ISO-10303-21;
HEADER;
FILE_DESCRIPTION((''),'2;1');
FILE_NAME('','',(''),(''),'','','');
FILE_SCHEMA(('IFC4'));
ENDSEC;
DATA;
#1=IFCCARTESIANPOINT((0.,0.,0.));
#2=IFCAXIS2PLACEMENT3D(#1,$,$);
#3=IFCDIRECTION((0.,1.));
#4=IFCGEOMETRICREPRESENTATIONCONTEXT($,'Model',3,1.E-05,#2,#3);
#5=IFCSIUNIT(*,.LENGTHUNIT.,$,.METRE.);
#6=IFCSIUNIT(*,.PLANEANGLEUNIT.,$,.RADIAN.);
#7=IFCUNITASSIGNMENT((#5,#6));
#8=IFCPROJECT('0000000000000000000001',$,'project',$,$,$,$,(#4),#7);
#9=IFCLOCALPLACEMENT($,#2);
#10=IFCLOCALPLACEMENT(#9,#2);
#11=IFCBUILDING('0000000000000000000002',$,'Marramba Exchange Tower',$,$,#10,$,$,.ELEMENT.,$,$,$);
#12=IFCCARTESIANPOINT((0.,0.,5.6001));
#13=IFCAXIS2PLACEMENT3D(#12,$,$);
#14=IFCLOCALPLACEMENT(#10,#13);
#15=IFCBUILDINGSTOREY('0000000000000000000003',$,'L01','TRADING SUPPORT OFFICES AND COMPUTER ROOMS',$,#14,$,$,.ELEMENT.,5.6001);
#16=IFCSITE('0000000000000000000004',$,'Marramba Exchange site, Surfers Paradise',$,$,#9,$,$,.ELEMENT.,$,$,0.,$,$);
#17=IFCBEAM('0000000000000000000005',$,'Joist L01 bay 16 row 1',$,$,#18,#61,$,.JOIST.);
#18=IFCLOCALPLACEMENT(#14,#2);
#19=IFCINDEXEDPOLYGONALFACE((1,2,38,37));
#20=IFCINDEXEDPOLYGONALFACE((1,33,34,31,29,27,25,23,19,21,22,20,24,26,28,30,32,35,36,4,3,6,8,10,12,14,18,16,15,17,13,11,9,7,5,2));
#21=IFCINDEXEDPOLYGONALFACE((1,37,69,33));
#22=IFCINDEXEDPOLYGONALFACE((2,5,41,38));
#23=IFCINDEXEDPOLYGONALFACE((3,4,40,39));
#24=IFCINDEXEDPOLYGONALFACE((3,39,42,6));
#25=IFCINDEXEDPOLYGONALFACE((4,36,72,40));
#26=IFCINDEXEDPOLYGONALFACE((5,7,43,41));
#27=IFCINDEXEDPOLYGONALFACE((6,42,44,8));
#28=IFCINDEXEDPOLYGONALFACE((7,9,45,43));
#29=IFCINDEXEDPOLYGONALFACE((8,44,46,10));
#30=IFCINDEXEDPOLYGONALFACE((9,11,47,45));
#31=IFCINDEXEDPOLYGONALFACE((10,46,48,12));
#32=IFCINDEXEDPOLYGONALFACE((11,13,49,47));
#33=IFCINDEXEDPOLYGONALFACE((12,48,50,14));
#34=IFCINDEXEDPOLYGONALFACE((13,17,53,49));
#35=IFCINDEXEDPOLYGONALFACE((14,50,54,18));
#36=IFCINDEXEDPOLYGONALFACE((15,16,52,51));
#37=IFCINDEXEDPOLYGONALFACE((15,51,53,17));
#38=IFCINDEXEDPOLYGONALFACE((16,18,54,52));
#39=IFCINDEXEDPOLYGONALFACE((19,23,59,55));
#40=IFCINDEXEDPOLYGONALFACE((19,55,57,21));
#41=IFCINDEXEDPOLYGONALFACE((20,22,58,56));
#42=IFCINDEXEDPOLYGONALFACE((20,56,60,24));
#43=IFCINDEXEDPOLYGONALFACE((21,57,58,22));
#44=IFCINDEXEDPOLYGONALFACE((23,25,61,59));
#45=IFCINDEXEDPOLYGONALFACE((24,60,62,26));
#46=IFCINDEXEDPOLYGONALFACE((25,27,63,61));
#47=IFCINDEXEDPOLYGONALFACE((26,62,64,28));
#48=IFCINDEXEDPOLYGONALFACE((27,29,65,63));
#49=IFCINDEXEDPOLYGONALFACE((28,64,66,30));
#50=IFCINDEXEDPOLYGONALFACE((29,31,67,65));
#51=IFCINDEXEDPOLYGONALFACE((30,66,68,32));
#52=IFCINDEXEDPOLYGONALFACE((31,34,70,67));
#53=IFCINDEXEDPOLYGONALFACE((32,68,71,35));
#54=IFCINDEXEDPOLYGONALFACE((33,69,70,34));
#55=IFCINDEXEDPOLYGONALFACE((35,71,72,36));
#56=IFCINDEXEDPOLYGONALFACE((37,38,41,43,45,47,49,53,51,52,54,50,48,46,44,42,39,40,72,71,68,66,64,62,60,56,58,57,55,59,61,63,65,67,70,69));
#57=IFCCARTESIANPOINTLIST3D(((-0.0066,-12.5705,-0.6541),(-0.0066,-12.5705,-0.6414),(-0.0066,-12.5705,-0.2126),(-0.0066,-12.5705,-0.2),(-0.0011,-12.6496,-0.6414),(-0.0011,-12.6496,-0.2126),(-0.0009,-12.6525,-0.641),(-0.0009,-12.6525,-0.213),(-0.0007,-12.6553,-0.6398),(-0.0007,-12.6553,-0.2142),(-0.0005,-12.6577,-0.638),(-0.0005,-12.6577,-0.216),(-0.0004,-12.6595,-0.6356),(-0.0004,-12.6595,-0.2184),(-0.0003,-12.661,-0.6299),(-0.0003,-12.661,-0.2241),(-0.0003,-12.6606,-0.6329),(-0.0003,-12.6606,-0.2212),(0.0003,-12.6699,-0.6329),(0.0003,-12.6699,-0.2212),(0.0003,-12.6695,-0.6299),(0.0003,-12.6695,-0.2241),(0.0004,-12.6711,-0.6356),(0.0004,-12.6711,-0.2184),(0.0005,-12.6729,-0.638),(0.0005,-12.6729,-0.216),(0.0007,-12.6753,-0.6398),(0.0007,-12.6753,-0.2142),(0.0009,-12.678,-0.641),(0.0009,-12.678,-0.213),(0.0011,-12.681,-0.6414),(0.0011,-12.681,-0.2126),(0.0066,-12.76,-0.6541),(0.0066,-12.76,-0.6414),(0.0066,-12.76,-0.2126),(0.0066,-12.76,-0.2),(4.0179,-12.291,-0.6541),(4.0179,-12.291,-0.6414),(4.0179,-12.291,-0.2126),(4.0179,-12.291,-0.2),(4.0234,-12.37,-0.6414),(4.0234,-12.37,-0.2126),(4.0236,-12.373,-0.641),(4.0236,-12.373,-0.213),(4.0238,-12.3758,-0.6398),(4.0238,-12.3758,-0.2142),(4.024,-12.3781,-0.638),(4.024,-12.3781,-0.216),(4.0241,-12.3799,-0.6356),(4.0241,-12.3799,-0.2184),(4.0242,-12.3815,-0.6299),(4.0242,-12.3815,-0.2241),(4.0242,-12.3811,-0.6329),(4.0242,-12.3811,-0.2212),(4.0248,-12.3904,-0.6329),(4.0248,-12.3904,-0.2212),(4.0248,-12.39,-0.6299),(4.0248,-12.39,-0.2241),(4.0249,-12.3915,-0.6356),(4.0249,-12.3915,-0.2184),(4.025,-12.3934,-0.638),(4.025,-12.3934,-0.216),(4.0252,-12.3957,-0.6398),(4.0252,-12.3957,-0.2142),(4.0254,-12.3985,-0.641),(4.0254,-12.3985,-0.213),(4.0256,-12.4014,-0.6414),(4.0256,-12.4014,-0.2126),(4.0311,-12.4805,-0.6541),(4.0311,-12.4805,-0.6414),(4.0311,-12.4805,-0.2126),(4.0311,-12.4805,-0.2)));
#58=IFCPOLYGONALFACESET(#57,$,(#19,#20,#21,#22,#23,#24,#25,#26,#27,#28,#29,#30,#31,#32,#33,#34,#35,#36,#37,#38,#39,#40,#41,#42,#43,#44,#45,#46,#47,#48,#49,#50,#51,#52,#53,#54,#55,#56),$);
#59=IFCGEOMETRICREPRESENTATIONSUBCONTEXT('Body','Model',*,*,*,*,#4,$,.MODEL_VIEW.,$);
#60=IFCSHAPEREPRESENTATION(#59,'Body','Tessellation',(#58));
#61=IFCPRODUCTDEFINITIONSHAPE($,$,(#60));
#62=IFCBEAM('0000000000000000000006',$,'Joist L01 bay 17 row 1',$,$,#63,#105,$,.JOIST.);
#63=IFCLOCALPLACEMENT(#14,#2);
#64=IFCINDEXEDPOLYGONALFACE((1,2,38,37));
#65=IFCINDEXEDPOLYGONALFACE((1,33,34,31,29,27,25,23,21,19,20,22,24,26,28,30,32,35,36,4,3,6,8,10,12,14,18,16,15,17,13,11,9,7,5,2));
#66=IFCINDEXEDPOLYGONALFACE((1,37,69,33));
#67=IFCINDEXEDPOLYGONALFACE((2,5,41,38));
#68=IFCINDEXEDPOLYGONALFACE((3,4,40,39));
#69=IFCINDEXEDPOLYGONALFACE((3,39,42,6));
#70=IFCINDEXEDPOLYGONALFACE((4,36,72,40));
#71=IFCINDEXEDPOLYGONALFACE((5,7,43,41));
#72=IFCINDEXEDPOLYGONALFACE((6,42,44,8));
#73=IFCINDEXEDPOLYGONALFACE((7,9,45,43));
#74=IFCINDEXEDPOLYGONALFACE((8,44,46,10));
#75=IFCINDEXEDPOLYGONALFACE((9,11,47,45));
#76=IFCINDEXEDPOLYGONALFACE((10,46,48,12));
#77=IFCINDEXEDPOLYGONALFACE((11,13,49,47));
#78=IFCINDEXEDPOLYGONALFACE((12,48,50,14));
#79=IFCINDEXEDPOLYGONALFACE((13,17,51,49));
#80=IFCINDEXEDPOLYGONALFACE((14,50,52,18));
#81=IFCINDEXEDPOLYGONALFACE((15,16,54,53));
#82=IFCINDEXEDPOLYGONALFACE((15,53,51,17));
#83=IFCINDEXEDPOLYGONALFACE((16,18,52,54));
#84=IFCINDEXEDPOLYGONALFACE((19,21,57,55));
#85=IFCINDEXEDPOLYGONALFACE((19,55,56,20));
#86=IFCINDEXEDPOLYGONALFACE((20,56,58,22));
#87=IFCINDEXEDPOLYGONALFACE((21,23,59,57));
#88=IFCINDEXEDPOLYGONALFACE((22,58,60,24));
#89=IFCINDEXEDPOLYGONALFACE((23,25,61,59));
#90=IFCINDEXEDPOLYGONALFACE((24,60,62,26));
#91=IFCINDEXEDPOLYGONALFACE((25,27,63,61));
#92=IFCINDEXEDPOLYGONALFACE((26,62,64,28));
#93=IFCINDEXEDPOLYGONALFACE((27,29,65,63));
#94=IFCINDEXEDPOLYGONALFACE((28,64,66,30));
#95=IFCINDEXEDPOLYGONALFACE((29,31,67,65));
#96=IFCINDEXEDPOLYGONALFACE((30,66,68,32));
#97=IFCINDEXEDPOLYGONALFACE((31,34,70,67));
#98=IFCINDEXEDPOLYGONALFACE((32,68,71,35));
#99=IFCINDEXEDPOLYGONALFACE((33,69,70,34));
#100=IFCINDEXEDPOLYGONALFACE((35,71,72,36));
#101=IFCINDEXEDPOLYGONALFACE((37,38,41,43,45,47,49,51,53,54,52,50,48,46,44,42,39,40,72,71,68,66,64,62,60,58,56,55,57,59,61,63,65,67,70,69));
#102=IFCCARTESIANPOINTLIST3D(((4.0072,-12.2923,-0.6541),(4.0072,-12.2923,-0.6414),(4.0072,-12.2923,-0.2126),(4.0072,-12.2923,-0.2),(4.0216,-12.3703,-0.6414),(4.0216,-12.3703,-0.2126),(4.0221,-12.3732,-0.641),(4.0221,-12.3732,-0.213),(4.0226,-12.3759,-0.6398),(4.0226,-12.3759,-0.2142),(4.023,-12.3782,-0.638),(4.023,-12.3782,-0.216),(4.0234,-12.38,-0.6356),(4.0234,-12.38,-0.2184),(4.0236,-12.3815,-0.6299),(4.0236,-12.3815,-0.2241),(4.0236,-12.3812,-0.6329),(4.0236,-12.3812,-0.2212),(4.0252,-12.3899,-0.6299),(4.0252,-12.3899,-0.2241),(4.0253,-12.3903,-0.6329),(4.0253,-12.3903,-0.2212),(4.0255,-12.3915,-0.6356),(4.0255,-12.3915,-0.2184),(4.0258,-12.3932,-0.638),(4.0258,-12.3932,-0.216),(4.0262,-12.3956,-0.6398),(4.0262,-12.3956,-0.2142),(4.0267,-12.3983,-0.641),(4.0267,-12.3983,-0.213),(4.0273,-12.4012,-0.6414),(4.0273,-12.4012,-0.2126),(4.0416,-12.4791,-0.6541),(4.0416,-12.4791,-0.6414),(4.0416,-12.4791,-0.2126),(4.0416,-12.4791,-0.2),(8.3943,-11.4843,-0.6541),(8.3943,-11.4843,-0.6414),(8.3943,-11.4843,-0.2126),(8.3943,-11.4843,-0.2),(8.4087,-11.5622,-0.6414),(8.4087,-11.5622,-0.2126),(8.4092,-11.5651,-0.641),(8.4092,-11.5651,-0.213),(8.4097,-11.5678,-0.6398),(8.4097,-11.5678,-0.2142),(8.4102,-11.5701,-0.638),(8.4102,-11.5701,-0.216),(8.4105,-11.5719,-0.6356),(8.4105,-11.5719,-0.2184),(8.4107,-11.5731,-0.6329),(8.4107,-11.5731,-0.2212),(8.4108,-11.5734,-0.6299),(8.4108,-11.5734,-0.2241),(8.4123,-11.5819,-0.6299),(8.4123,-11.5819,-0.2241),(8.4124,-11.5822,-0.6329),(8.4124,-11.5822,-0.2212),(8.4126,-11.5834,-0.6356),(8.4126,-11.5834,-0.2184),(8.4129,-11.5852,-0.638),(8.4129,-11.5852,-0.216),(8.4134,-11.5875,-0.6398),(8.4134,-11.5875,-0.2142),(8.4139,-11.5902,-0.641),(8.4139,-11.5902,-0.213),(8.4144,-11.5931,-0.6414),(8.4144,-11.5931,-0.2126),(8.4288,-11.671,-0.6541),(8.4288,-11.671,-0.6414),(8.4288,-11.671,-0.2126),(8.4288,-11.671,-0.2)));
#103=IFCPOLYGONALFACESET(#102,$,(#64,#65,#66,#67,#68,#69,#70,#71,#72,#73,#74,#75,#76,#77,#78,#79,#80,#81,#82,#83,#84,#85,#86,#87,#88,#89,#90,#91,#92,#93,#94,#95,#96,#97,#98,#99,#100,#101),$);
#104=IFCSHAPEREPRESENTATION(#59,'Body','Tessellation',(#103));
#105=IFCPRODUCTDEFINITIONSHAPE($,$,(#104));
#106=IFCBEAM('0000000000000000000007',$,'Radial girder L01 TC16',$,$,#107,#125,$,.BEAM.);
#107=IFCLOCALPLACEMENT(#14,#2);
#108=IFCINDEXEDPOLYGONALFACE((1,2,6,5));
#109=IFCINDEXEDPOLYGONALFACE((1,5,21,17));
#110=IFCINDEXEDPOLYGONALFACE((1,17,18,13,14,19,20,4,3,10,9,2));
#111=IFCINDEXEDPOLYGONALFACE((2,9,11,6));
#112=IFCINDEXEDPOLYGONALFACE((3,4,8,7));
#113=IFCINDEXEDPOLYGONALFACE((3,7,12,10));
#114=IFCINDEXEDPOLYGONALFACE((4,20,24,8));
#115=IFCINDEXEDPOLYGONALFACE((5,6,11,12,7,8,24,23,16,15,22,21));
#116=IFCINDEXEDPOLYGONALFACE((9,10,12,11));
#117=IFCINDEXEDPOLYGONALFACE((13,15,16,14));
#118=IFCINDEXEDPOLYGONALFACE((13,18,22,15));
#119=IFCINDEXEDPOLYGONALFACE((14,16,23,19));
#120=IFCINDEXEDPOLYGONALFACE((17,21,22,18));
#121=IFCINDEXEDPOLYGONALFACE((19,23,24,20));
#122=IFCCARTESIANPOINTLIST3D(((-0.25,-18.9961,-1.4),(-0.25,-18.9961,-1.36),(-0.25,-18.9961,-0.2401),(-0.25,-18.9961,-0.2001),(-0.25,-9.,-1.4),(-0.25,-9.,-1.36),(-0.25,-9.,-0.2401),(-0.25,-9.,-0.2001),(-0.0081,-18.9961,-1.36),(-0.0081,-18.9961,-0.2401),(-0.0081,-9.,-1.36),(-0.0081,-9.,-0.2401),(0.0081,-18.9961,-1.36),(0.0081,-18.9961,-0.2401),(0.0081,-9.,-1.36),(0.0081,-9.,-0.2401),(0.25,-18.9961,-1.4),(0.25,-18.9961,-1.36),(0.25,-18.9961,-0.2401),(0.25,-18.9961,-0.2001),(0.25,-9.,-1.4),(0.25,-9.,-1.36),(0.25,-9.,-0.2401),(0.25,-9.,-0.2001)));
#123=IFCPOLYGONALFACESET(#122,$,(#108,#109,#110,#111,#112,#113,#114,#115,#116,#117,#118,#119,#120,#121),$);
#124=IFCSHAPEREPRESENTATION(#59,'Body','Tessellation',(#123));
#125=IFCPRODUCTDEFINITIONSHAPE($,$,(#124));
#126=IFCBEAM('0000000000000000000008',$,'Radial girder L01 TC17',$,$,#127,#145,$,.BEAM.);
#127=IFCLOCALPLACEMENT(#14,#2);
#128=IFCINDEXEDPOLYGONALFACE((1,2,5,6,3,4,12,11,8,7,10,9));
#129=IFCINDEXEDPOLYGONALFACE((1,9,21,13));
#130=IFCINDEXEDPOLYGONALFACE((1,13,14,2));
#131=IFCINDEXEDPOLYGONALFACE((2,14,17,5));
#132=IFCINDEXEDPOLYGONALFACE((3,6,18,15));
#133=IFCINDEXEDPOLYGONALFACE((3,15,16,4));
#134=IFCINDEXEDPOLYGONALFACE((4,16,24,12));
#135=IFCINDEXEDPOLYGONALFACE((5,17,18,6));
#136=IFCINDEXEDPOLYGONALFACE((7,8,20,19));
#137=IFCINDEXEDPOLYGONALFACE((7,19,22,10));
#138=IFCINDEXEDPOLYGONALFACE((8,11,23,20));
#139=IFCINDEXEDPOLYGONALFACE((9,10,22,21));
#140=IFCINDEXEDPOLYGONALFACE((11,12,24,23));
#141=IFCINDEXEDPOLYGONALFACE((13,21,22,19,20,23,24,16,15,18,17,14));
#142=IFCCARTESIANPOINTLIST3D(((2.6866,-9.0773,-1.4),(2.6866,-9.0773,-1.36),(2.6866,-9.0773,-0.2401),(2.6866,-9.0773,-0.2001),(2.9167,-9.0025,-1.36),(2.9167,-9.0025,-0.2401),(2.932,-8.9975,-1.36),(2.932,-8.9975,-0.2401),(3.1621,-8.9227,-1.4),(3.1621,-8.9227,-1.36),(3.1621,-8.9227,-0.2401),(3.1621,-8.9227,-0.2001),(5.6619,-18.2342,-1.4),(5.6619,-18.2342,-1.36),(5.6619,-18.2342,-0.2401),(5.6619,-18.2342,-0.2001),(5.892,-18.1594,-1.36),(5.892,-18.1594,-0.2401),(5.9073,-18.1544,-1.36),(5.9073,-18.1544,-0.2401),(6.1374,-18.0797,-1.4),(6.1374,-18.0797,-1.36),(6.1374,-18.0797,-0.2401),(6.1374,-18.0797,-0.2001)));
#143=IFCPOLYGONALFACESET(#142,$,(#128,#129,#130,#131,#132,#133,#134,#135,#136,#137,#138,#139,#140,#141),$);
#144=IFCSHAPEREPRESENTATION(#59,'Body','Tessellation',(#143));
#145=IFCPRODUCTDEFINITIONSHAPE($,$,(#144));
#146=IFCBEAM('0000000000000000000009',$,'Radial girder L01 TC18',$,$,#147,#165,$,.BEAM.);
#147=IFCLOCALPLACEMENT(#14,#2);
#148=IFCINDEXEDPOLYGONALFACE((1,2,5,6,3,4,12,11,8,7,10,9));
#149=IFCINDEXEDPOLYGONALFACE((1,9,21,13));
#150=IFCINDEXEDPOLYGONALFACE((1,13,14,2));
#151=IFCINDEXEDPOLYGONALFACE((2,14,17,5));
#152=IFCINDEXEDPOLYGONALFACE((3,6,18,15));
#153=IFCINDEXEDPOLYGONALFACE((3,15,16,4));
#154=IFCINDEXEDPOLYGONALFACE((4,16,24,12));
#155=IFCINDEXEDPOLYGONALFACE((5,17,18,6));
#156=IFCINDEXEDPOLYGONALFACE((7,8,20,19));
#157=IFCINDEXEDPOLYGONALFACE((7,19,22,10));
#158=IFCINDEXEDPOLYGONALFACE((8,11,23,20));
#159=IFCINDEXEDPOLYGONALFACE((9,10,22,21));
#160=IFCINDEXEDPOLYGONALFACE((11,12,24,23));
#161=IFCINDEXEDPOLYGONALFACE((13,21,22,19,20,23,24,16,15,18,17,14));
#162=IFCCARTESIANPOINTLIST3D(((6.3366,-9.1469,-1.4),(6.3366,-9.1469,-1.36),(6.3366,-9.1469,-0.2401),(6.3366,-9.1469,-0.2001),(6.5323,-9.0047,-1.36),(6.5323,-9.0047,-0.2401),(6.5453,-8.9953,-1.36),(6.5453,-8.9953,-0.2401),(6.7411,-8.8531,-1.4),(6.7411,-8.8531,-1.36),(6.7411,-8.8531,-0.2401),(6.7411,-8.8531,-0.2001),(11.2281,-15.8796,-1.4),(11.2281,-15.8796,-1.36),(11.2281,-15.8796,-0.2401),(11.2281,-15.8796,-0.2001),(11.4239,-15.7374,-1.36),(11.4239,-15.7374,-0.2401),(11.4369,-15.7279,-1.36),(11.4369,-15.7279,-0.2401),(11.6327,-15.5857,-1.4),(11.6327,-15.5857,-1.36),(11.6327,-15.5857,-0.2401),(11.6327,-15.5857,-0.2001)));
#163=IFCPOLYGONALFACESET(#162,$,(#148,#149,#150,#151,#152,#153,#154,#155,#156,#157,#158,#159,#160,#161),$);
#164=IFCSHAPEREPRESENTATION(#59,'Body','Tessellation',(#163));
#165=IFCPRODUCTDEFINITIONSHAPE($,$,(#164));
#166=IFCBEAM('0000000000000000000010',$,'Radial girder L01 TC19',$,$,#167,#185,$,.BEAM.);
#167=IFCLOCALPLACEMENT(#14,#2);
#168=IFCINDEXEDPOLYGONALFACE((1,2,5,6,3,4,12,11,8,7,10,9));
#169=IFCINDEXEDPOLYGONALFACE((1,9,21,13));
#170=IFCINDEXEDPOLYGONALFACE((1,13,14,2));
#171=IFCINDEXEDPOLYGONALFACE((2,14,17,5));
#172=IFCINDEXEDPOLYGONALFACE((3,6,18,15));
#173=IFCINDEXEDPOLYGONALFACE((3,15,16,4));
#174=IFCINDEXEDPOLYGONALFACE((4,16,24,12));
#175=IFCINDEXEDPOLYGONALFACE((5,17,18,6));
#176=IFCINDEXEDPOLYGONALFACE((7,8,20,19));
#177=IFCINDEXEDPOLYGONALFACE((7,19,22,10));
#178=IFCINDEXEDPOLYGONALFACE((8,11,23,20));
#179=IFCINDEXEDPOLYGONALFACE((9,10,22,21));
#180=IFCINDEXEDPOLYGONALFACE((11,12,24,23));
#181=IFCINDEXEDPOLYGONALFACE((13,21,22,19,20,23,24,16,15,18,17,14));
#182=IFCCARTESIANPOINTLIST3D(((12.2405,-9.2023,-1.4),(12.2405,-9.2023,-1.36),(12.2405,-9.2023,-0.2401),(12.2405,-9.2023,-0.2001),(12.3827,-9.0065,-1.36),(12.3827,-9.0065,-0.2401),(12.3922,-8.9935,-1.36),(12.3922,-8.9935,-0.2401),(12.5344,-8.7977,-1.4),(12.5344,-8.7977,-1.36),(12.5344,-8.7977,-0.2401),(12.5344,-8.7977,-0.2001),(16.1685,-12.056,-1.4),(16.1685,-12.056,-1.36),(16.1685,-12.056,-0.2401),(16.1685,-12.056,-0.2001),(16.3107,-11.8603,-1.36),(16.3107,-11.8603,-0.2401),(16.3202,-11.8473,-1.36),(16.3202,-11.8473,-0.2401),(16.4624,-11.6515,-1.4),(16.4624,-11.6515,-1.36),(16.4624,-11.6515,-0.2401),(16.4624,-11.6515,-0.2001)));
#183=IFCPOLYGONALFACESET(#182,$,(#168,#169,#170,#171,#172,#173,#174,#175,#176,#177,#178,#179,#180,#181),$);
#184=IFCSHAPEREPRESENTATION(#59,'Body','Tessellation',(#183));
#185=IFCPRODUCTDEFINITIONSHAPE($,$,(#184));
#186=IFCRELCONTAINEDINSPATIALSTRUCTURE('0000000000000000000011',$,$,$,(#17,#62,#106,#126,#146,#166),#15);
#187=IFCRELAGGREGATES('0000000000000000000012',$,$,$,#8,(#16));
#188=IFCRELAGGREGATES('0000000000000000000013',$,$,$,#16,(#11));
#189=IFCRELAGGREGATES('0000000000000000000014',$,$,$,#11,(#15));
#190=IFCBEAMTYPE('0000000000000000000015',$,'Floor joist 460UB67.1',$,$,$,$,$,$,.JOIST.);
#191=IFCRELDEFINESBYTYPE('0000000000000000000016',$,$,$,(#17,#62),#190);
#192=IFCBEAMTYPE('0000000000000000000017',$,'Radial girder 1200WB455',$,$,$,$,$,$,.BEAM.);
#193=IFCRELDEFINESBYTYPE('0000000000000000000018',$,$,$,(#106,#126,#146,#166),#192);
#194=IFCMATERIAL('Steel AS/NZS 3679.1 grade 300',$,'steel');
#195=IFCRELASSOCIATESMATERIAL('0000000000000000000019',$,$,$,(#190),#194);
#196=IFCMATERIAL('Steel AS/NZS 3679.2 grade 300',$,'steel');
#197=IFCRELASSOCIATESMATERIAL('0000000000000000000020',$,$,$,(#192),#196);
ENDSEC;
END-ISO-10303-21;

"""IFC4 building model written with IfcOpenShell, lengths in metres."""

from ifc_helpers import new_model, si_unit, direction, frame, origin, origin_2d, place, context, subcontext, project, spatial, i_section, extrude, material, material_profile, profile_set, type_object, element, save


model = new_model("IFC4")

# Units and contexts
model_context = context("Model", 3, precision=1e-05, world=origin(), true_north=direction((0.0, 1.0)))
body_context = subcontext(model_context, "Body", "Model", "MODEL_VIEW")
ifc_project = project(units=[si_unit("LENGTHUNIT", "METRE"), si_unit("PLANEANGLEUNIT", "RADIAN")], contexts=[model_context])

# Site, building, storey
site_placement = place(None, origin())
site = spatial("IfcSite", under=ifc_project, at=site_placement, Name="Marramba Exchange site, Surfers Paradise", CompositionType="ELEMENT", RefElevation=0.0)
building_placement = place(site_placement, origin())
building = spatial("IfcBuilding", under=site, at=building_placement, Name="Marramba Exchange Tower", CompositionType="ELEMENT")
storey_placement = place(building_placement, frame((0.0, 0.0, 5.6001)))
storey = spatial("IfcBuildingStorey", under=building, at=storey_placement, Name="L01", Description="TRADING SUPPORT OFFICES AND COMPUTER ROOMS", CompositionType="ELEMENT", Elevation=5.6001)

# Beams
ifc_material_1 = material(Name="Steel AS/NZS 3679.1 grade 300", Category="steel")
ifc_material_profile_1 = material_profile(ifc_material_1, i_section(OverallWidth=0.1899, OverallDepth=0.4541, WebThickness=0.0085, FlangeThickness=0.0127, FilletRadius=0.0115, at=origin_2d()), Name="460UB67.1")
ifc_profile_set_1 = profile_set([ifc_material_profile_1], Name="Steel AS/NZS 3679.1 grade 300")
beam_type_1 = type_object("IfcBeamType", Name="Floor joist 460UB67.1", PredefinedType="JOIST", material=ifc_profile_set_1)
beam_1_placement = place(storey_placement, frame((0.0, -12.6653, -0.427), z_axis=(0.997596, 0.069294, 0.0), x_axis=(-0.069294, 0.997596, 0.0)))
element("IfcBeam", 1, at=beam_1_placement, inside=storey, type_object=beam_type_1, Name="Joist L01 bay 16 row 1", PredefinedType="JOIST", context=body_context, shape_type="SweptSolid", body=[
    extrude(i_section(OverallWidth=0.1899, OverallDepth=0.4541, WebThickness=0.0085, FlangeThickness=0.0127, FilletRadius=0.0115, at=origin_2d()), origin(), (0.0, 0.0, 1.0), 4.0342),
])
beam_2_placement = place(storey_placement, frame((4.0244, -12.3857, -0.427), z_axis=(0.983456, 0.181149, 0.0), x_axis=(-0.181149, 0.983456, 0.0)))
element("IfcBeam", 2, at=beam_2_placement, inside=storey, type_object=beam_type_1, Name="Joist L01 bay 17 row 1", PredefinedType="JOIST", context=body_context, shape_type="SweptSolid", body=[
    extrude(i_section(OverallWidth=0.1899, OverallDepth=0.4541, WebThickness=0.0085, FlangeThickness=0.0127, FilletRadius=0.0115, at=origin_2d()), origin(), (0.0, 0.0, 1.0), 4.4609),
])
ifc_material_2 = material(Name="Steel AS/NZS 3679.2 grade 300", Category="steel")
ifc_material_profile_2 = material_profile(ifc_material_2, i_section(OverallWidth=0.5, OverallDepth=1.2, WebThickness=0.0161, FlangeThickness=0.04, at=origin_2d()), Name="1200WB455")
ifc_profile_set_2 = profile_set([ifc_material_profile_2], Name="Steel AS/NZS 3679.2 grade 300")
beam_type_2 = type_object("IfcBeamType", Name="Radial girder 1200WB455", PredefinedType="BEAM", material=ifc_profile_set_2)
beam_3_placement = place(storey_placement, frame((0.0, -9.0, -0.8), z_axis=(0.0, -1.0, 0.0), x_axis=(1.0, 0.0, 0.0)))
element("IfcBeam", 3, at=beam_3_placement, inside=storey, type_object=beam_type_2, Name="Radial girder L01 TC16", PredefinedType="BEAM", context=body_context, shape_type="SweptSolid", body=[
    extrude(i_section(OverallWidth=0.5, OverallDepth=1.2, WebThickness=0.0161, FlangeThickness=0.04, at=origin_2d()), origin(), (0.0, 0.0, 1.0), 9.9961),
])
beam_4_placement = place(storey_placement, frame((2.9243, -9.0, -0.8), z_axis=(0.309022, -0.951055, 0.0), x_axis=(0.951055, 0.309022, 0.0)))
element("IfcBeam", 4, at=beam_4_placement, inside=storey, type_object=beam_type_2, Name="Radial girder L01 TC17", PredefinedType="BEAM", context=body_context, shape_type="SweptSolid", body=[
    extrude(i_section(OverallWidth=0.5, OverallDepth=1.2, WebThickness=0.0161, FlangeThickness=0.04, at=origin_2d()), origin(), (0.0, 0.0, 1.0), 9.6282),
])
beam_5_placement = place(storey_placement, frame((6.5388, -9.0, -0.8), z_axis=(0.587788, -0.809015, 0.0), x_axis=(0.809015, 0.587788, 0.0)))
element("IfcBeam", 5, at=beam_5_placement, inside=storey, type_object=beam_type_2, Name="Radial girder L01 TC18", PredefinedType="BEAM", context=body_context, shape_type="SweptSolid", body=[
    extrude(i_section(OverallWidth=0.5, OverallDepth=1.2, WebThickness=0.0161, FlangeThickness=0.04, at=origin_2d()), origin(), (0.0, 0.0, 1.0), 8.322),
])
beam_6_placement = place(storey_placement, frame((12.3875, -9.0, -0.8), z_axis=(0.809025, -0.587774, 0.0), x_axis=(0.587774, 0.809025, 0.0)))
element("IfcBeam", 6, at=beam_6_placement, inside=storey, type_object=beam_type_2, Name="Radial girder L01 TC19", PredefinedType="BEAM", context=body_context, shape_type="SweptSolid", body=[
    extrude(i_section(OverallWidth=0.5, OverallDepth=1.2, WebThickness=0.0161, FlangeThickness=0.04, at=origin_2d()), origin(), (0.0, 0.0, 1.0), 4.8552),
])

save(model, "model.ifc")
